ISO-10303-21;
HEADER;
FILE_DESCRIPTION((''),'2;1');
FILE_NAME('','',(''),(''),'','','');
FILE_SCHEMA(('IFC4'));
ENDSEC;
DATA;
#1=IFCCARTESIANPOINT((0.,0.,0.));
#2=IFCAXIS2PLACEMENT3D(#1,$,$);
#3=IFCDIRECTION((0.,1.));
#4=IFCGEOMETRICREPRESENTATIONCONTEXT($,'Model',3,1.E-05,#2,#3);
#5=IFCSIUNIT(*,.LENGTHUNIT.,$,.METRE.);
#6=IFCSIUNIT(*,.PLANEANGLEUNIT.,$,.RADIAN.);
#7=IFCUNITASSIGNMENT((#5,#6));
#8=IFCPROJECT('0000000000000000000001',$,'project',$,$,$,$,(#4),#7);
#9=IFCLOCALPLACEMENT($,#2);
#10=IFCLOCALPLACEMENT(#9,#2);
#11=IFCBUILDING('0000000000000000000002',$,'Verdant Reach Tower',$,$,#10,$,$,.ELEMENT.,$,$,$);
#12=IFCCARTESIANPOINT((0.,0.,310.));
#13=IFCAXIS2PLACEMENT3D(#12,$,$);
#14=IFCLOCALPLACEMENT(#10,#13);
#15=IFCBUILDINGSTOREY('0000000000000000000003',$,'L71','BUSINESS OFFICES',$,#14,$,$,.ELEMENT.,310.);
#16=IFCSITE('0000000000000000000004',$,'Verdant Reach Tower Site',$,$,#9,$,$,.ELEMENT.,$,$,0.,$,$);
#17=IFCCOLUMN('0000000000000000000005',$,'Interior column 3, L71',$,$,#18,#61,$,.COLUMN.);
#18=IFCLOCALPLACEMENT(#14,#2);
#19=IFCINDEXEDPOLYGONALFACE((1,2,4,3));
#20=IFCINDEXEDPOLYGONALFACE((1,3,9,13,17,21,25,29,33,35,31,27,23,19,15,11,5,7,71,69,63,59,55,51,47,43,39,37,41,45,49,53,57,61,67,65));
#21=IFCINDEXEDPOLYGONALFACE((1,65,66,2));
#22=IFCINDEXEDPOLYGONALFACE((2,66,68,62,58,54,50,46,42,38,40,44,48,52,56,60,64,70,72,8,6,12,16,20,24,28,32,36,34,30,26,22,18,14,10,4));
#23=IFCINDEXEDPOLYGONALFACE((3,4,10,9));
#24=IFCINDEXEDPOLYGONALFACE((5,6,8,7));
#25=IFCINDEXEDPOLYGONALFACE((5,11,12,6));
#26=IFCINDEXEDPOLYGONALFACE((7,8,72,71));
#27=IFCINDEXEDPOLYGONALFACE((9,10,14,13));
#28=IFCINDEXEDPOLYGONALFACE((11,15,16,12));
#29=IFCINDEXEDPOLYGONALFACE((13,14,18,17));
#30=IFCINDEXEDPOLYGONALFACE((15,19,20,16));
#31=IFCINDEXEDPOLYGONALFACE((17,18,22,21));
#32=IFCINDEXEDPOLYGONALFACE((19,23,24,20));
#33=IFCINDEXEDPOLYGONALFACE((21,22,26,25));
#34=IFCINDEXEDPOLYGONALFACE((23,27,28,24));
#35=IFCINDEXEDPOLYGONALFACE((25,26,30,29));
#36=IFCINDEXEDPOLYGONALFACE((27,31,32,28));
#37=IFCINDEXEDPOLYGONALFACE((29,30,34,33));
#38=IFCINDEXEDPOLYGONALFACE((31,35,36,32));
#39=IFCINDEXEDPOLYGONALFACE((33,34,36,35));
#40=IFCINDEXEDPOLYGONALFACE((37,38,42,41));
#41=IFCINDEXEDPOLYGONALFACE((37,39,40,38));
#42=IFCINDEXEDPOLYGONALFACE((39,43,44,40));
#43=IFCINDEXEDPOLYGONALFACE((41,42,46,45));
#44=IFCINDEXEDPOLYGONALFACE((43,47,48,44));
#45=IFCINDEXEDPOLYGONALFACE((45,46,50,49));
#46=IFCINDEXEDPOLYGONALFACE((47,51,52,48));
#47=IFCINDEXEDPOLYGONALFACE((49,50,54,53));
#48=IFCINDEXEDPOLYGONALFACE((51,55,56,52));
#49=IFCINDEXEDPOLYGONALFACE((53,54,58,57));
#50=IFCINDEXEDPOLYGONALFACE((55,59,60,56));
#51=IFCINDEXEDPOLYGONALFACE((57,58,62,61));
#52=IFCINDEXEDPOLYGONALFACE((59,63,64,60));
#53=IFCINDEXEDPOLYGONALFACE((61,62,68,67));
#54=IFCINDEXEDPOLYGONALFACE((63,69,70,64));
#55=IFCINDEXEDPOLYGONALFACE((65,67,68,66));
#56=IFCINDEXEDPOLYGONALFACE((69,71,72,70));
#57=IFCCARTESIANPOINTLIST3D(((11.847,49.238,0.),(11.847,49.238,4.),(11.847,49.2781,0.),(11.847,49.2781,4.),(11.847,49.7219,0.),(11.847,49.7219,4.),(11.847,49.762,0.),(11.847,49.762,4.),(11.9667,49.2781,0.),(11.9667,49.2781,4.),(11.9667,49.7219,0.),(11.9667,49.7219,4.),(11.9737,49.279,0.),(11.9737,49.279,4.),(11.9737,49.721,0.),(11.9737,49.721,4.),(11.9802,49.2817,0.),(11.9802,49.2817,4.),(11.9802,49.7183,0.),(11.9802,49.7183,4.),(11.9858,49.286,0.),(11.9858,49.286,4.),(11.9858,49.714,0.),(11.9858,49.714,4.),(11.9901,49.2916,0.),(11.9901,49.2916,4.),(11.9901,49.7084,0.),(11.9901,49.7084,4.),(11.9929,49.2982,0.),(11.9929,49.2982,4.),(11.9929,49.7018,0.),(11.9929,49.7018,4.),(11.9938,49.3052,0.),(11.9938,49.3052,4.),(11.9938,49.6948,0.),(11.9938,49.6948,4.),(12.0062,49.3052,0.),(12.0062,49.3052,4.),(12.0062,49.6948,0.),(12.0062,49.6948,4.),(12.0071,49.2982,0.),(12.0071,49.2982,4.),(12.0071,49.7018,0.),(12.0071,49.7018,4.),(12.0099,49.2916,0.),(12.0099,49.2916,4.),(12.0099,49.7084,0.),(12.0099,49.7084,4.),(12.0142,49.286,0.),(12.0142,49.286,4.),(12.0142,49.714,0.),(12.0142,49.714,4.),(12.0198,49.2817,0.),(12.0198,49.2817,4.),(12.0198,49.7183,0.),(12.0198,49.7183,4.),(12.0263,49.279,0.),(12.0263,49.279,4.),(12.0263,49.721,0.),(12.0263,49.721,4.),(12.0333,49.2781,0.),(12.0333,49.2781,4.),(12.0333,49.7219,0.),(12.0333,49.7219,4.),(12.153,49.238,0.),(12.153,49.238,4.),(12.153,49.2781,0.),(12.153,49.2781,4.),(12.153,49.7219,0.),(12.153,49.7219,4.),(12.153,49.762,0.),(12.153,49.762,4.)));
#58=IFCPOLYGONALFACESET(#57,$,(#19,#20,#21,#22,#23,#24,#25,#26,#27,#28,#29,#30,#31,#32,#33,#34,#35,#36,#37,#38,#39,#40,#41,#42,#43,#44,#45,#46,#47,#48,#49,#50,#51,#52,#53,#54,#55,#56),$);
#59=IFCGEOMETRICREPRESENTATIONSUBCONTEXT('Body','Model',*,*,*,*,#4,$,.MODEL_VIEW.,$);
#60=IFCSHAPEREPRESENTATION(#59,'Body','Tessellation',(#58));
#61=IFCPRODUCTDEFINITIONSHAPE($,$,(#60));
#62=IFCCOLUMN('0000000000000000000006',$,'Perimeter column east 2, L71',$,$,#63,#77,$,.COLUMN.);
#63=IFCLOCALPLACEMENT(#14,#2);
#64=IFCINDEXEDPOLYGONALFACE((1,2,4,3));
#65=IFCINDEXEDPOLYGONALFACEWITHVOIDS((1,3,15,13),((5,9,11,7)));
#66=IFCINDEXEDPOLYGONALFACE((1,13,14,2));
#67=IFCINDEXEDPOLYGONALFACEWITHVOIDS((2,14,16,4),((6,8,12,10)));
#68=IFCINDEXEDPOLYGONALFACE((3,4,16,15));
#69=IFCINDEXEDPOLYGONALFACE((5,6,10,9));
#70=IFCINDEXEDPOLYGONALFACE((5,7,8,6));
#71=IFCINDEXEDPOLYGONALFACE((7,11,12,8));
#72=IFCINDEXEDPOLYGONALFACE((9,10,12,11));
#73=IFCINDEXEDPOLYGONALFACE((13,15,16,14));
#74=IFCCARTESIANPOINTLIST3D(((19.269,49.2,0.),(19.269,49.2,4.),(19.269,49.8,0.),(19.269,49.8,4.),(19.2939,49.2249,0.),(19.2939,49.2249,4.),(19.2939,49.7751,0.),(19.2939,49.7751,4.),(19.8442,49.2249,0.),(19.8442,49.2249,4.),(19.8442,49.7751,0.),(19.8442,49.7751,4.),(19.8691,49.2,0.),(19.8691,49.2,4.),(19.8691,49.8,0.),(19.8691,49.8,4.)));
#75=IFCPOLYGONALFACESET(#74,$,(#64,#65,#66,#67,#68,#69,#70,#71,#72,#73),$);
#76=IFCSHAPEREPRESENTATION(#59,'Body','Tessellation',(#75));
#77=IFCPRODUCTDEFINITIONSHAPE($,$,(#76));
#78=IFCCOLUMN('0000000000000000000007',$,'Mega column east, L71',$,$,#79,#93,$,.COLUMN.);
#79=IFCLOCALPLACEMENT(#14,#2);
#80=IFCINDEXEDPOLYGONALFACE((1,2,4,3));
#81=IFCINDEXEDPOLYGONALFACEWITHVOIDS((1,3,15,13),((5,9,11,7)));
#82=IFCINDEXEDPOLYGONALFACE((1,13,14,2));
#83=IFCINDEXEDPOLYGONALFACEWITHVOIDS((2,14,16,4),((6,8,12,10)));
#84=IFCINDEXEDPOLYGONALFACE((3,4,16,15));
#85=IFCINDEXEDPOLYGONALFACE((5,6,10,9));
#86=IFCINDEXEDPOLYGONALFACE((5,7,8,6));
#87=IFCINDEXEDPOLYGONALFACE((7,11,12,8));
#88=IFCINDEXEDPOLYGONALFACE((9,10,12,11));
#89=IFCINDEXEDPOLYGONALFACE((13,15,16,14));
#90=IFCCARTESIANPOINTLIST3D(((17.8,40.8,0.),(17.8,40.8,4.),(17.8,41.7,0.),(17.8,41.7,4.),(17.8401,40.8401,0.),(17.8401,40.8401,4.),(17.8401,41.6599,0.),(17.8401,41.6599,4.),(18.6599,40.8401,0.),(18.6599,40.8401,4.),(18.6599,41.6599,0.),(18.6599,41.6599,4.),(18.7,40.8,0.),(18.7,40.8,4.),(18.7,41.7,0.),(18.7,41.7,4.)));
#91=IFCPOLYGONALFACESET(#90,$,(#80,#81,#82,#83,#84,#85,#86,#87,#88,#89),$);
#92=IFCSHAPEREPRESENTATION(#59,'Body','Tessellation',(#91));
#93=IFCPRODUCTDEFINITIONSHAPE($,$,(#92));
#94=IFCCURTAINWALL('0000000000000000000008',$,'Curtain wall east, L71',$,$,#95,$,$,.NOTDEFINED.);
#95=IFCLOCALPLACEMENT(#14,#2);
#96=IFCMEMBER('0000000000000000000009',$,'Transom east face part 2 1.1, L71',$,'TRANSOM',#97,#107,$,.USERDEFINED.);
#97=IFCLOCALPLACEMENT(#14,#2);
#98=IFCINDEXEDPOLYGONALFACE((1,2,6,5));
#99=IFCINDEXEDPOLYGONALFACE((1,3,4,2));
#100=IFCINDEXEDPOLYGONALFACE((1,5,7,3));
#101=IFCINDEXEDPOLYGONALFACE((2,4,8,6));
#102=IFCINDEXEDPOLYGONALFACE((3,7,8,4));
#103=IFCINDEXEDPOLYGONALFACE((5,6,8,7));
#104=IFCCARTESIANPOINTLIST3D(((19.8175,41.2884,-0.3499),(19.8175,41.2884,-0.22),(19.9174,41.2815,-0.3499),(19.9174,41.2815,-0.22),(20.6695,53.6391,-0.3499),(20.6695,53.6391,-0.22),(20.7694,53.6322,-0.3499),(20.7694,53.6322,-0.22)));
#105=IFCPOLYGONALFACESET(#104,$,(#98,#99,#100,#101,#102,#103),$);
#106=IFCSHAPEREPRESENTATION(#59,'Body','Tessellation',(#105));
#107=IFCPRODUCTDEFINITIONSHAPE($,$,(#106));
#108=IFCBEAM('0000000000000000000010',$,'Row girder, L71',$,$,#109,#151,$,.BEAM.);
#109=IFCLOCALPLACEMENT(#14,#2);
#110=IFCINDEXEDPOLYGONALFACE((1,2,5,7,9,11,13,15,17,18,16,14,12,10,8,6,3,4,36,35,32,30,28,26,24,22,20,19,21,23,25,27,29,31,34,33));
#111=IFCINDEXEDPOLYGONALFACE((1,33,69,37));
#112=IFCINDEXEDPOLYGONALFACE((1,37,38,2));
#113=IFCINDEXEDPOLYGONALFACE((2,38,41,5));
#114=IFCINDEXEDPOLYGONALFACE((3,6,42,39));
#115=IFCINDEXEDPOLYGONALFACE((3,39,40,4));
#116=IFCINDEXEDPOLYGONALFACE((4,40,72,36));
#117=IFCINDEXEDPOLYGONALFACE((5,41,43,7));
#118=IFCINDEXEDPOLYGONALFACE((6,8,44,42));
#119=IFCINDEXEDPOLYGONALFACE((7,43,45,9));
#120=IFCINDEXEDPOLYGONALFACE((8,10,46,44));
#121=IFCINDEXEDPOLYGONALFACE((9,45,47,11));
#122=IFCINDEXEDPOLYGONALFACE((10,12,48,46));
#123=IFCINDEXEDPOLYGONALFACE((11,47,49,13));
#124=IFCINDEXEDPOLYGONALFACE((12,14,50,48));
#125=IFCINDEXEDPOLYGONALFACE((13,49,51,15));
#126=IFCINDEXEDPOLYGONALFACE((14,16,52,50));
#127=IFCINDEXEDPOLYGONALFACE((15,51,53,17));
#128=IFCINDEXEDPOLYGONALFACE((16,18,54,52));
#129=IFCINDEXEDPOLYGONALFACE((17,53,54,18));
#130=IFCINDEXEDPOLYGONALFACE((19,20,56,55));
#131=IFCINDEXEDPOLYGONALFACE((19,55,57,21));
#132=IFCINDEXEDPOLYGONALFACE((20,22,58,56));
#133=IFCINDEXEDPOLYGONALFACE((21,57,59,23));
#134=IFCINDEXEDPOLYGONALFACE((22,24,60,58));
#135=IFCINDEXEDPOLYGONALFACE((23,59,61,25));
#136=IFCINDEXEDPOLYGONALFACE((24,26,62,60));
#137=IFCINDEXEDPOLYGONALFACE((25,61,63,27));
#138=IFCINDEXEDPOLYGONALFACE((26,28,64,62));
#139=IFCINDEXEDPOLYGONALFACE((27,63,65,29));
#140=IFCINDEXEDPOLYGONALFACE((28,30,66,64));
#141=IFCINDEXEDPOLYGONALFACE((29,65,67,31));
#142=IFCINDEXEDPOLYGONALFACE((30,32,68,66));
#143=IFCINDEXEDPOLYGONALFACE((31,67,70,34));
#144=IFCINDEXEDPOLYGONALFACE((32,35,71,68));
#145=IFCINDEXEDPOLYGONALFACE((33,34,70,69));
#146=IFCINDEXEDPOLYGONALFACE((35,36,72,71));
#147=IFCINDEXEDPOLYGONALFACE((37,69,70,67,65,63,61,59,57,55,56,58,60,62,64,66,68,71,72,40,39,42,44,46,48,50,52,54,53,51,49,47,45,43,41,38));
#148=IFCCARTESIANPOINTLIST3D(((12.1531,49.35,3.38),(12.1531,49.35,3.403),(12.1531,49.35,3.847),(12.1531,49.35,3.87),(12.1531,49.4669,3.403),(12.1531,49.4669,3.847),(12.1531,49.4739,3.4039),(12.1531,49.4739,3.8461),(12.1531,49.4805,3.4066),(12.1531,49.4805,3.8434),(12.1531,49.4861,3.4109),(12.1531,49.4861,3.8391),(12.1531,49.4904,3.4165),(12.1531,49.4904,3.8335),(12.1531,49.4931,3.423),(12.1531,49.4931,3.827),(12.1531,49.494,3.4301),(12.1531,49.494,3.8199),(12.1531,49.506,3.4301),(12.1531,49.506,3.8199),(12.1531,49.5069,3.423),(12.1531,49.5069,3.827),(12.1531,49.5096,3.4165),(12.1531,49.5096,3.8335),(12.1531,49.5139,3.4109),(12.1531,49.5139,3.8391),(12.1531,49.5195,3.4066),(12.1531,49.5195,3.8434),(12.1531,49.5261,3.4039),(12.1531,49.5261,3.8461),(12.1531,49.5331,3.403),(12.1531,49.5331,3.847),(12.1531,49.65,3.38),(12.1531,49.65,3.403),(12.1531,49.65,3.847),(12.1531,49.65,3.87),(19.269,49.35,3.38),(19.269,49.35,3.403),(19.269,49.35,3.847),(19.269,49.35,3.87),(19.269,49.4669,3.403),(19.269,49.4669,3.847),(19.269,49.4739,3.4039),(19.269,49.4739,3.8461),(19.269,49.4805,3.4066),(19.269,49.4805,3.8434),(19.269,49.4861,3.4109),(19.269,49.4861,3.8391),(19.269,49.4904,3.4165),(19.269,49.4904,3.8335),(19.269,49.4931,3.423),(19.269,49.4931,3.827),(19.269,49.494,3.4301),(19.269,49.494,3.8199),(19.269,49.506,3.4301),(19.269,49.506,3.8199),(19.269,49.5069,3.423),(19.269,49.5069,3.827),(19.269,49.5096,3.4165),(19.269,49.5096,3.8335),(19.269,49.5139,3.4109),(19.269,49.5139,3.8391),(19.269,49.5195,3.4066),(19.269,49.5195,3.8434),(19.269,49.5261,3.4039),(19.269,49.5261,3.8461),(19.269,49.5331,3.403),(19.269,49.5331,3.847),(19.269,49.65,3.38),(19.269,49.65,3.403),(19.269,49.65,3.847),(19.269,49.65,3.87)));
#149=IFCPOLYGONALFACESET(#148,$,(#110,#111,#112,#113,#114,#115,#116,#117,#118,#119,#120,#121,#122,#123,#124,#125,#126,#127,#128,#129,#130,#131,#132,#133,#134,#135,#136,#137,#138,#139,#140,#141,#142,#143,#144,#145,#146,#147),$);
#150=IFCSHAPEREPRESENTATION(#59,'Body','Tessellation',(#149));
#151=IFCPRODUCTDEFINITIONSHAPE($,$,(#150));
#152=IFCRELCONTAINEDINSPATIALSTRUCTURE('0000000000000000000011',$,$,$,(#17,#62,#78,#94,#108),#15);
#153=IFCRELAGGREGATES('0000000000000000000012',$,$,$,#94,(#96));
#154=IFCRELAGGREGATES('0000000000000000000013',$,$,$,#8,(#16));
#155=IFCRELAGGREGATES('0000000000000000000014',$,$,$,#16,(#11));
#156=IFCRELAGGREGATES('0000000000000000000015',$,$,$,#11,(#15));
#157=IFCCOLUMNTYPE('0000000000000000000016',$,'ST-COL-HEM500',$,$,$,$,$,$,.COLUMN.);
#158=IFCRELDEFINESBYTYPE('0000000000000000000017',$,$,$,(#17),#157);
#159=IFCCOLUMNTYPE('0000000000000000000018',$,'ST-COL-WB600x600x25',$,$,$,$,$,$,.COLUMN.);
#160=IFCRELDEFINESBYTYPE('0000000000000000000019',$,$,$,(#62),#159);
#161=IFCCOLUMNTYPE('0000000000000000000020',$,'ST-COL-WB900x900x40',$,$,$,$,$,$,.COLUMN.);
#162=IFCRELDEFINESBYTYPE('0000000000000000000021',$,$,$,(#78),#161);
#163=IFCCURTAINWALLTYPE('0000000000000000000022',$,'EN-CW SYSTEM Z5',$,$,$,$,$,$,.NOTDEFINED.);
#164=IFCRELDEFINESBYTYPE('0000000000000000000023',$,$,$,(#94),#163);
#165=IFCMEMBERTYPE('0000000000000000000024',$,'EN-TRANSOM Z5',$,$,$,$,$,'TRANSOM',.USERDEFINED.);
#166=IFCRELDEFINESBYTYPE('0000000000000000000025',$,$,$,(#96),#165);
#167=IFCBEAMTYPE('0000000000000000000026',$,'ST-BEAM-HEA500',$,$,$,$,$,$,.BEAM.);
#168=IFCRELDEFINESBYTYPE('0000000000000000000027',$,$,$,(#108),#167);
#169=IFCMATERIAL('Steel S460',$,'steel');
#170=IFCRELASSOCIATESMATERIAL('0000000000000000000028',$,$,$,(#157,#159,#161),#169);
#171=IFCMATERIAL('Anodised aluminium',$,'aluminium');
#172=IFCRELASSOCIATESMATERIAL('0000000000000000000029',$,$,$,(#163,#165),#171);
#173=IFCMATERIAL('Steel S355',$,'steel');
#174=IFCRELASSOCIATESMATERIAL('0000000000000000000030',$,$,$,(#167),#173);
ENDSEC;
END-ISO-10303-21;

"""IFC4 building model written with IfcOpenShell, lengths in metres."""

from ifc_helpers import new_model, si_unit, direction, frame, origin, origin_2d, place, context, subcontext, project, spatial, rectangle, hollow_rectangle, i_section, extrude, material, material_profile, profile_set, type_object, element, aggregate, save


model = new_model("IFC4")

# Units and contexts
model_context = context("Model", 3, precision=1e-05, world=origin(), true_north=direction((0.0, 1.0)))
body_context = subcontext(model_context, "Body", "Model", "MODEL_VIEW")
ifc_project = project(units=[si_unit("LENGTHUNIT", "METRE"), si_unit("PLANEANGLEUNIT", "RADIAN")], contexts=[model_context])

# Site, building, storey
site_placement = place(None, origin())
site = spatial("IfcSite", under=ifc_project, at=site_placement, Name="Verdant Reach Tower Site", CompositionType="ELEMENT", RefElevation=0.0)
building_placement = place(site_placement, origin())
building = spatial("IfcBuilding", under=site, at=building_placement, Name="Verdant Reach Tower", CompositionType="ELEMENT")
storey_placement = place(building_placement, frame((0.0, 0.0, 310.0)))
storey = spatial("IfcBuildingStorey", under=building, at=storey_placement, Name="L71", Description="BUSINESS OFFICES", CompositionType="ELEMENT", Elevation=310.0)

# Columns
ifc_material_1 = material(Name="Steel S460", Category="steel")
ifc_material_profile_1 = material_profile(ifc_material_1, i_section(OverallWidth=0.3059, OverallDepth=0.5239, WebThickness=0.0125, FlangeThickness=0.04, FilletRadius=0.0271, at=origin_2d()), Name="HEM 500")
ifc_profile_set_1 = profile_set([ifc_material_profile_1], Name="Steel S460")
column_type_1 = type_object("IfcColumnType", Name="ST-COL-HEM500", PredefinedType="COLUMN", material=ifc_profile_set_1)
column_1_placement = place(storey_placement, frame((12.0, 49.5, 0.0), z_axis=(0.0, 0.0, 1.0), x_axis=(1.0, 0.0, 0.0)))
element("IfcColumn", 1, at=column_1_placement, inside=storey, type_object=column_type_1, Name="Interior column 3, L71", PredefinedType="COLUMN", context=body_context, shape_type="SweptSolid", body=[
    extrude(i_section(OverallWidth=0.3059, OverallDepth=0.5239, WebThickness=0.0125, FlangeThickness=0.04, FilletRadius=0.0271, at=origin_2d()), origin(), (0.0, 0.0, 1.0), 4.0),
])
ifc_material_profile_2 = material_profile(ifc_material_1, hollow_rectangle(XDim=0.6001, YDim=0.6001, WallThickness=0.0249, at=origin_2d()), Name="WB 600x600x25")
ifc_profile_set_2 = profile_set([ifc_material_profile_2], Name="Steel S460")
column_type_2 = type_object("IfcColumnType", Name="ST-COL-WB600x600x25", PredefinedType="COLUMN", material=ifc_profile_set_2)
column_2_placement = place(storey_placement, frame((19.5691, 49.5, 0.0), z_axis=(0.0, 0.0, 1.0), x_axis=(1.0, 0.0, 0.0)))
element("IfcColumn", 2, at=column_2_placement, inside=storey, type_object=column_type_2, Name="Perimeter column east 2, L71", PredefinedType="COLUMN", context=body_context, shape_type="SweptSolid", body=[
    extrude(hollow_rectangle(XDim=0.6001, YDim=0.6001, WallThickness=0.0249, at=origin_2d()), origin(), (0.0, 0.0, 1.0), 4.0),
])
ifc_material_profile_3 = material_profile(ifc_material_1, hollow_rectangle(XDim=0.8999, YDim=0.8999, WallThickness=0.04, at=origin_2d()), Name="WB 900x900x40")
ifc_profile_set_3 = profile_set([ifc_material_profile_3], Name="Steel S460")
column_type_3 = type_object("IfcColumnType", Name="ST-COL-WB900x900x40", PredefinedType="COLUMN", material=ifc_profile_set_3)
column_3_placement = place(storey_placement, frame((18.25, 41.25, 0.0), z_axis=(0.0, 0.0, 1.0), x_axis=(1.0, 0.0, 0.0)))
element("IfcColumn", 3, at=column_3_placement, inside=storey, type_object=column_type_3, Name="Mega column east, L71", PredefinedType="COLUMN", context=body_context, shape_type="SweptSolid", body=[
    extrude(hollow_rectangle(XDim=0.8999, YDim=0.8999, WallThickness=0.04, at=origin_2d()), origin(), (0.0, 0.0, 1.0), 4.0),
])

# Curtain wall, member
ifc_material_2 = material(Name="Anodised aluminium", Category="aluminium")
curtain_wall_type = type_object("IfcCurtainWallType", Name="EN-CW SYSTEM Z5", PredefinedType="NOTDEFINED", material=ifc_material_2)
curtain_wall_placement = place(storey_placement, origin())
curtain_wall = element("IfcCurtainWall", 4, at=curtain_wall_placement, inside=storey, type_object=curtain_wall_type, Name="Curtain wall east, L71", PredefinedType="NOTDEFINED")
ifc_material_profile_4 = material_profile(ifc_material_2, rectangle(XDim=0.1001, YDim=0.1299, at=origin_2d()), Name="Transom 130x100")
ifc_profile_set_4 = profile_set([ifc_material_profile_4], Name="Anodised aluminium")
member_type = type_object("IfcMemberType", Name="EN-TRANSOM Z5", ElementType="TRANSOM", PredefinedType="USERDEFINED", material=ifc_profile_set_4)
member_placement = place(storey_placement, frame((19.8674, 41.2849, -0.2849), z_axis=(0.068824, 0.997629, 0.0), x_axis=(-0.997629, 0.068824, 0.0)))
member = element("IfcMember", 5, at=member_placement, type_object=member_type, Name="Transom east face part 2 1.1, L71", ObjectType="TRANSOM", PredefinedType="USERDEFINED", context=body_context, shape_type="SweptSolid", body=[
    extrude(rectangle(XDim=0.1001, YDim=0.1299, at=origin_2d()), origin(), (0.0, 0.0, 1.0), 12.3801),
])

# Beam
ifc_material_3 = material(Name="Steel S355", Category="steel")
ifc_material_profile_5 = material_profile(ifc_material_3, i_section(OverallWidth=0.3, OverallDepth=0.49, WebThickness=0.012, FlangeThickness=0.0229, FilletRadius=0.0271, at=origin_2d()), Name="HEA 500")
ifc_profile_set_5 = profile_set([ifc_material_profile_5], Name="Steel S355")
beam_type_1 = type_object("IfcBeamType", Name="ST-BEAM-HEA500", PredefinedType="BEAM", material=ifc_profile_set_5)
beam_1_placement = place(storey_placement, frame((12.1531, 49.5, 3.625), z_axis=(1.0, 0.0, 0.0), x_axis=(0.0, 1.0, 0.0)))
element("IfcBeam", 6, at=beam_1_placement, inside=storey, type_object=beam_type_1, Name="Row girder, L71", PredefinedType="BEAM", context=body_context, shape_type="SweptSolid", body=[
    extrude(i_section(OverallWidth=0.3, OverallDepth=0.49, WebThickness=0.012, FlangeThickness=0.0229, FilletRadius=0.0271, at=origin_2d()), origin(), (0.0, 0.0, 1.0), 7.116),
])

aggregate(curtain_wall, [member])

save(model, "model.ifc")
